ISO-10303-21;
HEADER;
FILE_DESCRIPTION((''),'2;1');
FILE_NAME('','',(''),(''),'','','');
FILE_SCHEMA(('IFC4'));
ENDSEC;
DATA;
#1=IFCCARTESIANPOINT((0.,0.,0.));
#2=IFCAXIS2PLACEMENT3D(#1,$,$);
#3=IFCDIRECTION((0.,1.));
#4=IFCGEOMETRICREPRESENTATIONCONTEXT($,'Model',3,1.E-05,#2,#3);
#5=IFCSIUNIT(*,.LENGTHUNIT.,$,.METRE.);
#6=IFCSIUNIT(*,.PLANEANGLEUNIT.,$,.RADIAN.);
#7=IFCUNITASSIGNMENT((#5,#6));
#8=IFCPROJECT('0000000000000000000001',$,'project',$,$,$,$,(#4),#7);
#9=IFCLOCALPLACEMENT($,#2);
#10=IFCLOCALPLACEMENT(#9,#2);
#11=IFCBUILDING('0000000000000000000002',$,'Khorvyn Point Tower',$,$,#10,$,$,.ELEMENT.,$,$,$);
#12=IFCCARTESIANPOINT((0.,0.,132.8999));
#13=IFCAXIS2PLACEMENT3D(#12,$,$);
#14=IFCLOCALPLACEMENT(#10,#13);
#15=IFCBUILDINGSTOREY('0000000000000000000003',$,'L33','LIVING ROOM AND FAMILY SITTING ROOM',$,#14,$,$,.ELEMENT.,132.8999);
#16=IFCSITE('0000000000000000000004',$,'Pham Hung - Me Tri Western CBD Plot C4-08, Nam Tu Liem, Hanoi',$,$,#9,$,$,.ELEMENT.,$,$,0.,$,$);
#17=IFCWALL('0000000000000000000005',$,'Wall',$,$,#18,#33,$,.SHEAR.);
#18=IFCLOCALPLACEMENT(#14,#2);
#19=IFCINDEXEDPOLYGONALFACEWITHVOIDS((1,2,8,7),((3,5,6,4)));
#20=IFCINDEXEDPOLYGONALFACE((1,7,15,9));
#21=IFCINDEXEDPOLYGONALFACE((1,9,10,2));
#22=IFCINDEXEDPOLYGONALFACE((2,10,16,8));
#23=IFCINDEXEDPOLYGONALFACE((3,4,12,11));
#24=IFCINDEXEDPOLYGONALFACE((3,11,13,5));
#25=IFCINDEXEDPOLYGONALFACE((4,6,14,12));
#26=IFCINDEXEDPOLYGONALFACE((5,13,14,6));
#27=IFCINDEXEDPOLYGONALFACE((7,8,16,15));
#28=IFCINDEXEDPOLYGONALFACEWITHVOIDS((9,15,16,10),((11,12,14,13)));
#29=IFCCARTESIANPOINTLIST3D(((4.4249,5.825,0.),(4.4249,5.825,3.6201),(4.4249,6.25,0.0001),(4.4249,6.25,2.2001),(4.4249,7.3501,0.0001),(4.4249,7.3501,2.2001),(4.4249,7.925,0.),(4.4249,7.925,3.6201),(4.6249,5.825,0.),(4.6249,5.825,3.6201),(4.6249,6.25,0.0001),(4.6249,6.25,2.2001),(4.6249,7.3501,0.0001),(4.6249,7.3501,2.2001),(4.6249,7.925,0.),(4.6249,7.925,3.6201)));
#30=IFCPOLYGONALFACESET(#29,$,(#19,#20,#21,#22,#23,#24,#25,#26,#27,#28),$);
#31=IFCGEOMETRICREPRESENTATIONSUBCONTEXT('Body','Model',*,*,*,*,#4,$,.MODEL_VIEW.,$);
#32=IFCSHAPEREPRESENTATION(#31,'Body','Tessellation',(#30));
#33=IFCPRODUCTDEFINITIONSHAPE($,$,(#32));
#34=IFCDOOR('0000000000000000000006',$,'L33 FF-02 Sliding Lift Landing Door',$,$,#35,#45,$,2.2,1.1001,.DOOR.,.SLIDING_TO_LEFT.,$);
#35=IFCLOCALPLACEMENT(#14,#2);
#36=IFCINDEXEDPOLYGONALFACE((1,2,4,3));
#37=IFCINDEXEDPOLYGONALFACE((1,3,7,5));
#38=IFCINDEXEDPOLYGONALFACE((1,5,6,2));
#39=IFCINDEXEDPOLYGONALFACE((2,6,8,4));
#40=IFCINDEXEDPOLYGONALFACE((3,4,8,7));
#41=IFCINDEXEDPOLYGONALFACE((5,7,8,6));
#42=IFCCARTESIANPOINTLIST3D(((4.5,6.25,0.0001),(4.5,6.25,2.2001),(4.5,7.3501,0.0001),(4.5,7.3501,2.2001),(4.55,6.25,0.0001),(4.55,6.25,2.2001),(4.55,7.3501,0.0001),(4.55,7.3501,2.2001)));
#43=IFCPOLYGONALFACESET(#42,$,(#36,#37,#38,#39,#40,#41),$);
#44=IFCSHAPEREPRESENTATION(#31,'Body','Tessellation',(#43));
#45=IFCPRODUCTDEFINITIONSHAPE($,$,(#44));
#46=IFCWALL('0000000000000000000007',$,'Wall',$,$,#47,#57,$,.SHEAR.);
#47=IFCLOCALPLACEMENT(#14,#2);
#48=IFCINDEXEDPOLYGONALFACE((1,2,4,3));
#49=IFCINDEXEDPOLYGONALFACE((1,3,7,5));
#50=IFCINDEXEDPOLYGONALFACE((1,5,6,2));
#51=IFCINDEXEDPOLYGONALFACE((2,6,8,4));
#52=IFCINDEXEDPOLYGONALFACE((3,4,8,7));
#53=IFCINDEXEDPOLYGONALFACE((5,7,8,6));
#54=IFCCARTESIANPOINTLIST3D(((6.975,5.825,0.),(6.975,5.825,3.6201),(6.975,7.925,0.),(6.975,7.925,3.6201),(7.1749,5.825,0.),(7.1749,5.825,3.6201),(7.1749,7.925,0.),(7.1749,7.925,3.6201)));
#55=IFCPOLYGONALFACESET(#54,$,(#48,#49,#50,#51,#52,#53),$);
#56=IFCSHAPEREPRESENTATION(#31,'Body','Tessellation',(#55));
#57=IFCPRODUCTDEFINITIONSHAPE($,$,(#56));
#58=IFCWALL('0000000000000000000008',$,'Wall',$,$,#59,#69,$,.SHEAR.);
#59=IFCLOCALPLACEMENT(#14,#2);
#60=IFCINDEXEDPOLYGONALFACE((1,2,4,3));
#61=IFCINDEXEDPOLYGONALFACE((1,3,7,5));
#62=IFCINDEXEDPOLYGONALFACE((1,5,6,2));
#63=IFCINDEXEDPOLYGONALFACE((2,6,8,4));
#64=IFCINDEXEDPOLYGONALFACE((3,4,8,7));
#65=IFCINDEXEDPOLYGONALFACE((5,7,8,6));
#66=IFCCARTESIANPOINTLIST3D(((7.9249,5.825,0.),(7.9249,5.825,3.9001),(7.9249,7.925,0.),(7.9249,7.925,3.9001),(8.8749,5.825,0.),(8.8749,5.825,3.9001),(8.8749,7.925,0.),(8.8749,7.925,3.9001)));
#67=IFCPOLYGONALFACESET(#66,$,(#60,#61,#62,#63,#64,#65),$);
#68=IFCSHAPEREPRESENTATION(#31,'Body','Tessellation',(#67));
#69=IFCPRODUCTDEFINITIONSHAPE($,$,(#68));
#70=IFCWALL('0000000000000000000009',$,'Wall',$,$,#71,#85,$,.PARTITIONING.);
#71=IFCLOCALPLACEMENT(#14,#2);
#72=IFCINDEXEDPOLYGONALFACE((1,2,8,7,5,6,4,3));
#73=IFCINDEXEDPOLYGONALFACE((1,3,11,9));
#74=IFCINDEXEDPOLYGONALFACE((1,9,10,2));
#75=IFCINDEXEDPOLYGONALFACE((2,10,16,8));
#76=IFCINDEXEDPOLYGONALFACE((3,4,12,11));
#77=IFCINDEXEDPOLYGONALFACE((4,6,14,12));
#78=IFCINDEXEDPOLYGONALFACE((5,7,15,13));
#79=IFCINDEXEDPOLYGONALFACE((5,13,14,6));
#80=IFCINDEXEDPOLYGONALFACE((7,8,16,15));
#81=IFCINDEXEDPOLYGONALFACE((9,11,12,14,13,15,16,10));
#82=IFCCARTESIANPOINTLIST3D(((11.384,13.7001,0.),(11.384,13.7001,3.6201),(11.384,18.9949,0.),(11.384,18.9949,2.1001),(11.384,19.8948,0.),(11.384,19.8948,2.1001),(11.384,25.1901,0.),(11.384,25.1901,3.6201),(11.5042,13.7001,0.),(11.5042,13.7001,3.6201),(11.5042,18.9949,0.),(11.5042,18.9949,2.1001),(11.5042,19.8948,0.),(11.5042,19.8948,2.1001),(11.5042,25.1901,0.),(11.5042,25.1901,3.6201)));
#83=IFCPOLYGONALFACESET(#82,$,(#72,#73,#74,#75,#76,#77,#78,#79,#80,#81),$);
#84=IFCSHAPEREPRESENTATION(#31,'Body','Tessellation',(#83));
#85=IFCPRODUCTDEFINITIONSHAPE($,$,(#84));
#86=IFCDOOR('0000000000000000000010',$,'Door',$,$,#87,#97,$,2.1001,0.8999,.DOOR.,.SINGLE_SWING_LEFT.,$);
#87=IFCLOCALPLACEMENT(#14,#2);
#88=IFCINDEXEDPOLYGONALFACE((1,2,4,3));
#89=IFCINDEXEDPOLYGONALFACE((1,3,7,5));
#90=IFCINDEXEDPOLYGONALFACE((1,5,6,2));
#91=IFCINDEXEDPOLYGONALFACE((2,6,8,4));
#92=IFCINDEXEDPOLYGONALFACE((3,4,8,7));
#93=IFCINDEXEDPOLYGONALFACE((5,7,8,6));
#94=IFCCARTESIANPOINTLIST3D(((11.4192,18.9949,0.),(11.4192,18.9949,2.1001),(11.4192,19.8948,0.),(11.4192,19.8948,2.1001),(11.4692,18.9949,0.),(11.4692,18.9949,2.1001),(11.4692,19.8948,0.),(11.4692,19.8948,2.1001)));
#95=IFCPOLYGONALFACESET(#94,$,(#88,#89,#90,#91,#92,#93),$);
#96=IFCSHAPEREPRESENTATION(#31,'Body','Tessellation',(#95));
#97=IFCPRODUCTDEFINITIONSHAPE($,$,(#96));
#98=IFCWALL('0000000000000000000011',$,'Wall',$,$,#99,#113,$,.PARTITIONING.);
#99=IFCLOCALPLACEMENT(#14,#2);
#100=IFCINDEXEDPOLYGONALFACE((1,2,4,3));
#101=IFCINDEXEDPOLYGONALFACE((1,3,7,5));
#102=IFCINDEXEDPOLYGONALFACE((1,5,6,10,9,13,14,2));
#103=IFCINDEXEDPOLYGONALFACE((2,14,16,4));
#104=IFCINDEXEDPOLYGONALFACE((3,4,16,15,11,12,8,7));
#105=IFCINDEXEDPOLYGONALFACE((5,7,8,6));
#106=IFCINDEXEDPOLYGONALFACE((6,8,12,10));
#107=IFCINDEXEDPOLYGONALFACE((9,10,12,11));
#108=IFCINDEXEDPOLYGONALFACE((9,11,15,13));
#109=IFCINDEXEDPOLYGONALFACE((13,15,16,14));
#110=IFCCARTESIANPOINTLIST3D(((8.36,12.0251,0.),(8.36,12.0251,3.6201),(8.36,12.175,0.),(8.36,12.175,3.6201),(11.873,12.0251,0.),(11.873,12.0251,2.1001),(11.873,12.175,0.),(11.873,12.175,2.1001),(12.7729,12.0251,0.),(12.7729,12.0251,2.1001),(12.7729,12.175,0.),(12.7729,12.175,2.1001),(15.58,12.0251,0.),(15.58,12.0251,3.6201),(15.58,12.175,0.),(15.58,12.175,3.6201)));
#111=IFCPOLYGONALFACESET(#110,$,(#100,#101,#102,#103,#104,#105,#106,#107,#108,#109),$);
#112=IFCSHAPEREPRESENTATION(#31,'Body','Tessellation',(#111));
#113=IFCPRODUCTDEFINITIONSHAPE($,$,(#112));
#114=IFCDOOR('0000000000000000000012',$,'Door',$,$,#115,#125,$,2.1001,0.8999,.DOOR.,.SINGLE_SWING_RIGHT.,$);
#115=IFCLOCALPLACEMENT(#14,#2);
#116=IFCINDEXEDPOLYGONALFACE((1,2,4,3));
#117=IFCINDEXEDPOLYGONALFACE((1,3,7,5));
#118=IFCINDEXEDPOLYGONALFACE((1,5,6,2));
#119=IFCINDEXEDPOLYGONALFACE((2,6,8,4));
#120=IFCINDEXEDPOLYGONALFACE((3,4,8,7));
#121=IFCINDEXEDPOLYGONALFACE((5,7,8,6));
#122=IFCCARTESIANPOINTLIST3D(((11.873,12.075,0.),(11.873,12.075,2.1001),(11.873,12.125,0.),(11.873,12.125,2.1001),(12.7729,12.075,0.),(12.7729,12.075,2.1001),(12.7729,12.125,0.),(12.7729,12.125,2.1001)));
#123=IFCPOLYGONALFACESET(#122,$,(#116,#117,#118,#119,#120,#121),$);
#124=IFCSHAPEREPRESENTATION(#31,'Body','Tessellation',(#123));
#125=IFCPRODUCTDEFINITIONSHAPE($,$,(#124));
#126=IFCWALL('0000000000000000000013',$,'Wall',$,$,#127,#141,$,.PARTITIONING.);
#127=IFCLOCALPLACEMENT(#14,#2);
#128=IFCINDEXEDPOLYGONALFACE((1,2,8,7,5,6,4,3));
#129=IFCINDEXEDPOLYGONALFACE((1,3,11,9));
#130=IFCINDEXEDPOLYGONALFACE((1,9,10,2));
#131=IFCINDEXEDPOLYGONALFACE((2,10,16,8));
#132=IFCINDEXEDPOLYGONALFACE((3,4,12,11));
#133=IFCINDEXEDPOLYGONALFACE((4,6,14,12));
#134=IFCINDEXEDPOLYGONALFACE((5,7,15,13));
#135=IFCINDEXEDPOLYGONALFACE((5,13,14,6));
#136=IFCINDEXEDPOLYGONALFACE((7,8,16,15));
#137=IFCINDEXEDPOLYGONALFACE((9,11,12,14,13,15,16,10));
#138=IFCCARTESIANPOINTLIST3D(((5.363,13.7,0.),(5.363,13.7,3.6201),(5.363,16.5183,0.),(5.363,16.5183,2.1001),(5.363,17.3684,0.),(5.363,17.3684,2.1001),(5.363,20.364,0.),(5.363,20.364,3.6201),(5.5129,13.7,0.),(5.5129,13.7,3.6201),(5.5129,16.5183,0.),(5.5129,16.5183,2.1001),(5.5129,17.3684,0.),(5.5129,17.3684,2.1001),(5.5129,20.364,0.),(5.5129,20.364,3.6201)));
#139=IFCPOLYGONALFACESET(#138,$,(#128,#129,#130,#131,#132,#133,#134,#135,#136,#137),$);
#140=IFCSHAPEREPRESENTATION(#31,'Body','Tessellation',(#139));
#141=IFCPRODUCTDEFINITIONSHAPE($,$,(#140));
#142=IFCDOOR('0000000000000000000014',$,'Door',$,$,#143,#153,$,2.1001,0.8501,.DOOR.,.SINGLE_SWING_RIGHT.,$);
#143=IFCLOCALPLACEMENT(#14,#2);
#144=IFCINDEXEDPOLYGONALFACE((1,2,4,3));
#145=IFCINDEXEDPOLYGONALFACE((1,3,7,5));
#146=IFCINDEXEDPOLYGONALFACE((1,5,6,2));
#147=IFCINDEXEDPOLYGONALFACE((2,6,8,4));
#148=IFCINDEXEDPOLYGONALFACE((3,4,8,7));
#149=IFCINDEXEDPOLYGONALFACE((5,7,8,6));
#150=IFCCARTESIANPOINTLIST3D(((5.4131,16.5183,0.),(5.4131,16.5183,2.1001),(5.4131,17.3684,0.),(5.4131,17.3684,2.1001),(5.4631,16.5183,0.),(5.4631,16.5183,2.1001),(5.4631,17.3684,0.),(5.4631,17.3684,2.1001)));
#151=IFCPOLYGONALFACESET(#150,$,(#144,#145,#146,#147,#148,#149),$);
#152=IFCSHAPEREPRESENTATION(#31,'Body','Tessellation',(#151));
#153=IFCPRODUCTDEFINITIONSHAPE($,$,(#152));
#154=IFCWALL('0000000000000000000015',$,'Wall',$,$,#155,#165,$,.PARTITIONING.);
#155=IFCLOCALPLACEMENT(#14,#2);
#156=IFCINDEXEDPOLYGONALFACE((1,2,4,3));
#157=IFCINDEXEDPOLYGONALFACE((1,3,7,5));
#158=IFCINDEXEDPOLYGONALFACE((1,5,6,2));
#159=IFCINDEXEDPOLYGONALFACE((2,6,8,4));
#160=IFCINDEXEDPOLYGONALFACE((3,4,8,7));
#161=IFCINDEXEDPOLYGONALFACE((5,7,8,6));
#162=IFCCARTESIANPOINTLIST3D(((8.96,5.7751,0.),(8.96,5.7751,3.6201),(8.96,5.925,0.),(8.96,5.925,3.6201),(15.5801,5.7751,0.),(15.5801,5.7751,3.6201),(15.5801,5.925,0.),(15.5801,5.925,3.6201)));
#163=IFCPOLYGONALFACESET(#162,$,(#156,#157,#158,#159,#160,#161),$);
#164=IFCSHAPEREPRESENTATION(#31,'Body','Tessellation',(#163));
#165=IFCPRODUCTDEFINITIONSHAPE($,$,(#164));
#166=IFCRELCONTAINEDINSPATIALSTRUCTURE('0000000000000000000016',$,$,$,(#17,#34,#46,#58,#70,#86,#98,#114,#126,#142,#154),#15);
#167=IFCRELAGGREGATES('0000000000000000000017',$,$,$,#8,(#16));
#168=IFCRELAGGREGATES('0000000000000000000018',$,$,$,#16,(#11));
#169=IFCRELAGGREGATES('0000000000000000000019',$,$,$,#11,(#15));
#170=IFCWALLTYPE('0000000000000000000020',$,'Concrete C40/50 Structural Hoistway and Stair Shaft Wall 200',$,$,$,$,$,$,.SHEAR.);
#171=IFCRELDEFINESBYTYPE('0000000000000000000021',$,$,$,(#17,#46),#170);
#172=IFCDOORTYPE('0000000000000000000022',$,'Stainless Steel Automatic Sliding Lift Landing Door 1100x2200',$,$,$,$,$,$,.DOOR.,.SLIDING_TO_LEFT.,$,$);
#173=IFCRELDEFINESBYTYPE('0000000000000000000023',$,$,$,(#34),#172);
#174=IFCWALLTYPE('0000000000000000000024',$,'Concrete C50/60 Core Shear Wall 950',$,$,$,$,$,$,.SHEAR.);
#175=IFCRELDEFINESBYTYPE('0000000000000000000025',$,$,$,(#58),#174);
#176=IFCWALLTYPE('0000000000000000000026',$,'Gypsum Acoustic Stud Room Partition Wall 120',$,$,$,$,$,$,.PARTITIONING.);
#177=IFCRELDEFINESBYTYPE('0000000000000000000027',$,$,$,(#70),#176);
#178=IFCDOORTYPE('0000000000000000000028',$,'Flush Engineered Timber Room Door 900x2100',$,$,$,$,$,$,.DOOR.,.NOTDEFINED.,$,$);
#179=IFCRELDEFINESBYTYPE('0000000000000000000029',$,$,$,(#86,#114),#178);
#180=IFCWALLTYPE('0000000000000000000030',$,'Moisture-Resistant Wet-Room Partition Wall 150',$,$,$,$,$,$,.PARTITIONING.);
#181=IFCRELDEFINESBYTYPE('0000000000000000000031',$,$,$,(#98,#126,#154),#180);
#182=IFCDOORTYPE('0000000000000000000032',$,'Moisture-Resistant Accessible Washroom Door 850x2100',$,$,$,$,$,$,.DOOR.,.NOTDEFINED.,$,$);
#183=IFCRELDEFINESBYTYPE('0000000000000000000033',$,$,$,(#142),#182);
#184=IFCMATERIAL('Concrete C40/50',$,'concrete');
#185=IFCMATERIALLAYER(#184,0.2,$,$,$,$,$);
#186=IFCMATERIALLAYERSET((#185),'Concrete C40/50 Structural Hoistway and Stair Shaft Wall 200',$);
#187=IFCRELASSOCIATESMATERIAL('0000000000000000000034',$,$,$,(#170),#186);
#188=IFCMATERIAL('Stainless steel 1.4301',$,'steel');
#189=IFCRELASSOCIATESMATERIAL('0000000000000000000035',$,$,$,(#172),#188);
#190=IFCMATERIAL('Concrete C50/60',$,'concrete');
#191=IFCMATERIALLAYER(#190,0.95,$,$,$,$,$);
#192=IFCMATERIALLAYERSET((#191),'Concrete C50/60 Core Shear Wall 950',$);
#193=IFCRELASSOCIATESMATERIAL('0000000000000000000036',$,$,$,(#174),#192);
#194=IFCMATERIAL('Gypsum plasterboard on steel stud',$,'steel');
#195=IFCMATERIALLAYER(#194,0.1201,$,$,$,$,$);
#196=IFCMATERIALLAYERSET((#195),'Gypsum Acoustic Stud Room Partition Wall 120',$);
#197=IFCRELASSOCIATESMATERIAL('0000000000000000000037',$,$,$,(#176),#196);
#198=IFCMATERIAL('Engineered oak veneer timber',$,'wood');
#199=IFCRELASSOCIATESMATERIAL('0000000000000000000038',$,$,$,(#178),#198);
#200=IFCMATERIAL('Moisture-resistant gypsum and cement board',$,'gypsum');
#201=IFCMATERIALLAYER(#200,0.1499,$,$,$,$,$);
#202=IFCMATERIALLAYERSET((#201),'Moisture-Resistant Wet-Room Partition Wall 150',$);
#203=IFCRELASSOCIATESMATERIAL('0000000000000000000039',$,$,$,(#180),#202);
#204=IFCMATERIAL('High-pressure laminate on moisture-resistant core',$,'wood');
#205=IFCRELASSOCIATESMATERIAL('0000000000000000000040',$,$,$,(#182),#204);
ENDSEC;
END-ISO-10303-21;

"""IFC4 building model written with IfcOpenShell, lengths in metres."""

from ifc_helpers import new_model, si_unit, direction, frame, frame_2d, origin, place, context, subcontext, project, spatial, rectangle, extrude, material, layer, layer_set, type_object, element, fill, save


model = new_model("IFC4")

# Units and contexts
model_context = context("Model", 3, precision=1e-05, world=origin(), true_north=direction((0.0, 1.0)))
body_context = subcontext(model_context, "Body", "Model", "MODEL_VIEW")
ifc_project = project(units=[si_unit("LENGTHUNIT", "METRE"), si_unit("PLANEANGLEUNIT", "RADIAN")], contexts=[model_context])

# Site, building, storey
site_placement = place(None, origin())
site = spatial("IfcSite", under=ifc_project, at=site_placement, Name="Pham Hung - Me Tri Western CBD Plot C4-08, Nam Tu Liem, Hanoi", CompositionType="ELEMENT", RefElevation=0.0)
building_placement = place(site_placement, origin())
building = spatial("IfcBuilding", under=site, at=building_placement, Name="Khorvyn Point Tower", CompositionType="ELEMENT")
storey_placement = place(building_placement, frame((0.0, 0.0, 132.8999)))
storey = spatial("IfcBuildingStorey", under=building, at=storey_placement, Name="L33", Description="LIVING ROOM AND FAMILY SITTING ROOM", CompositionType="ELEMENT", Elevation=132.8999)

# Shared definitions
ifc_material_1 = material(Name="Concrete C50/60", Category="concrete")

# Shared definitions
ifc_material_2 = material(Name="Concrete C40/50", Category="concrete")

# Wall, opening, door
ifc_layer_1 = layer(ifc_material_2, 0.2)
ifc_layer_set_1 = layer_set([ifc_layer_1], Name="Concrete C40/50 Structural Hoistway and Stair Shaft Wall 200")
wall_type_1 = type_object("IfcWallType", Name="Concrete C40/50 Structural Hoistway and Stair Shaft Wall 200", PredefinedType="SHEAR", material=ifc_layer_set_1)
wall_1_placement = place(storey_placement, frame((4.5249, 5.825, 0.0), z_axis=(0.0, 0.0, 1.0), x_axis=(0.0, 1.0, 0.0)))
wall_1 = element("IfcWall", 1, at=wall_1_placement, inside=storey, type_object=wall_type_1, Name="Wall", PredefinedType="SHEAR", context=body_context, shape_type="SweptSolid", body=[
    extrude(rectangle(XDim=2.1001, YDim=0.2, at=frame_2d((1.05, 0.0))), origin(), (0.0, 0.0, 1.0), 3.6201),
])
opening_1_placement = place(wall_1_placement, frame((0.425, 0.0, 0.0)))
opening_1 = element("IfcOpeningElement", 2, at=opening_1_placement, cuts=wall_1, PredefinedType="OPENING", context=body_context, shape_type="SweptSolid", body=[
    extrude(rectangle(XDim=1.1001, YDim=2.2, at=frame_2d((0.55, 1.1001))), frame((0.0, 0.1099, 0.0), z_axis=(0.0, -1.0, 0.0), x_axis=(1.0, 0.0, 0.0)), (0.0, 0.0, 1.0), 0.22),
])
ifc_material_3 = material(Name="Stainless steel 1.4301", Category="steel")
door_type_1 = type_object("IfcDoorType", Name="Stainless Steel Automatic Sliding Lift Landing Door 1100x2200", OperationType="SLIDING_TO_LEFT", PredefinedType="DOOR", material=ifc_material_3)
door_1_placement = place(opening_1_placement, origin())
door_1 = element("IfcDoor", 3, at=door_1_placement, inside=storey, type_object=door_type_1, Name="L33 FF-02 Sliding Lift Landing Door", OperationType="SLIDING_TO_LEFT", OverallHeight=2.2, OverallWidth=1.1001, PredefinedType="DOOR", context=body_context, shape_type="SweptSolid", body=[
    extrude(rectangle(XDim=1.1001, YDim=2.2, at=frame_2d((0.55, 1.1001))), frame((0.0, 0.0249, 0.0), z_axis=(0.0, -1.0, 0.0), x_axis=(1.0, 0.0, 0.0)), (0.0, 0.0, 1.0), 0.05),
])
fill(opening_1, door_1)

# Walls
wall_2_placement = place(storey_placement, frame((7.075, 5.825, 0.0), z_axis=(0.0, 0.0, 1.0), x_axis=(0.0, 1.0, 0.0)))
element("IfcWall", 4, at=wall_2_placement, inside=storey, type_object=wall_type_1, Name="Wall", PredefinedType="SHEAR", context=body_context, shape_type="SweptSolid", body=[
    extrude(rectangle(XDim=2.1001, YDim=0.2, at=frame_2d((1.05, 0.0))), origin(), (0.0, 0.0, 1.0), 3.6201),
])
ifc_layer_2 = layer(ifc_material_1, 0.95)
ifc_layer_set_2 = layer_set([ifc_layer_2], Name="Concrete C50/60 Core Shear Wall 950")
wall_type_2 = type_object("IfcWallType", Name="Concrete C50/60 Core Shear Wall 950", PredefinedType="SHEAR", material=ifc_layer_set_2)
wall_3_placement = place(storey_placement, frame((8.3999, 5.825, 0.0), z_axis=(0.0, 0.0, 1.0), x_axis=(0.0, 1.0, 0.0)))
element("IfcWall", 5, at=wall_3_placement, inside=storey, type_object=wall_type_2, Name="Wall", PredefinedType="SHEAR", context=body_context, shape_type="SweptSolid", body=[
    extrude(rectangle(XDim=2.1001, YDim=0.95, at=frame_2d((1.05, 0.0))), origin(), (0.0, 0.0, 1.0), 3.9001),
])

# Walls, openings, doors
ifc_material_4 = material(Name="Gypsum plasterboard on steel stud", Category="steel")
ifc_layer_3 = layer(ifc_material_4, 0.1201)
ifc_layer_set_3 = layer_set([ifc_layer_3], Name="Gypsum Acoustic Stud Room Partition Wall 120")
wall_type_3 = type_object("IfcWallType", Name="Gypsum Acoustic Stud Room Partition Wall 120", PredefinedType="PARTITIONING", material=ifc_layer_set_3)
wall_4_placement = place(storey_placement, frame((11.4441, 13.7, 0.0), z_axis=(0.0, 0.0, 1.0), x_axis=(0.0, 1.0, 0.0)))
wall_4 = element("IfcWall", 6, at=wall_4_placement, inside=storey, type_object=wall_type_3, Name="Wall", PredefinedType="PARTITIONING", context=body_context, shape_type="SweptSolid", body=[
    extrude(rectangle(XDim=11.49, YDim=0.1201, at=frame_2d((5.7451, 0.0))), origin(), (0.0, 0.0, 1.0), 3.6201),
])
opening_2_placement = place(wall_4_placement, frame((5.2949, 0.0, 0.0)))
opening_2 = element("IfcOpeningElement", 7, at=opening_2_placement, cuts=wall_4, PredefinedType="OPENING", context=body_context, shape_type="SweptSolid", body=[
    extrude(rectangle(XDim=0.8999, YDim=2.1001, at=frame_2d((0.45, 1.05))), frame((0.0, 0.0701, 0.0), z_axis=(0.0, -1.0, 0.0), x_axis=(1.0, 0.0, 0.0)), (0.0, 0.0, 1.0), 0.1401),
])
ifc_material_5 = material(Name="Engineered oak veneer timber", Category="wood")
door_type_2 = type_object("IfcDoorType", Name="Flush Engineered Timber Room Door 900x2100", OperationType="NOTDEFINED", PredefinedType="DOOR", material=ifc_material_5)
door_2_placement = place(opening_2_placement, origin())
door_2 = element("IfcDoor", 8, at=door_2_placement, inside=storey, type_object=door_type_2, Name="Door", OperationType="SINGLE_SWING_LEFT", OverallHeight=2.1001, OverallWidth=0.8999, PredefinedType="DOOR", context=body_context, shape_type="SweptSolid", body=[
    extrude(rectangle(XDim=0.8999, YDim=2.1001, at=frame_2d((0.45, 1.05))), frame((0.0, 0.0249, 0.0), z_axis=(0.0, -1.0, 0.0), x_axis=(1.0, 0.0, 0.0)), (0.0, 0.0, 1.0), 0.05),
])
fill(opening_2, door_2)
ifc_material_6 = material(Name="Moisture-resistant gypsum and cement board", Category="gypsum")
ifc_layer_4 = layer(ifc_material_6, 0.1499)
ifc_layer_set_4 = layer_set([ifc_layer_4], Name="Moisture-Resistant Wet-Room Partition Wall 150")
wall_type_4 = type_object("IfcWallType", Name="Moisture-Resistant Wet-Room Partition Wall 150", PredefinedType="PARTITIONING", material=ifc_layer_set_4)
wall_5_placement = place(storey_placement, frame((8.3601, 12.1001, 0.0), z_axis=(0.0, 0.0, 1.0), x_axis=(1.0, 0.0, 0.0)))
wall_5 = element("IfcWall", 9, at=wall_5_placement, inside=storey, type_object=wall_type_4, Name="Wall", PredefinedType="PARTITIONING", context=body_context, shape_type="SweptSolid", body=[
    extrude(rectangle(XDim=7.22, YDim=0.1499, at=frame_2d((3.6099, 0.0))), origin(), (0.0, 0.0, 1.0), 3.6201),
])
opening_3_placement = place(wall_5_placement, frame((3.5129, 0.0, 0.0)))
opening_3 = element("IfcOpeningElement", 10, at=opening_3_placement, cuts=wall_5, PredefinedType="OPENING", context=body_context, shape_type="SweptSolid", body=[
    extrude(rectangle(XDim=0.8999, YDim=2.1001, at=frame_2d((0.45, 1.05))), frame((0.0, 0.085, 0.0), z_axis=(0.0, -1.0, 0.0), x_axis=(1.0, 0.0, 0.0)), (0.0, 0.0, 1.0), 0.1699),
])
door_3_placement = place(opening_3_placement, origin())
door_3 = element("IfcDoor", 11, at=door_3_placement, inside=storey, type_object=door_type_2, Name="Door", OperationType="SINGLE_SWING_RIGHT", OverallHeight=2.1001, OverallWidth=0.8999, PredefinedType="DOOR", context=body_context, shape_type="SweptSolid", body=[
    extrude(rectangle(XDim=0.8999, YDim=2.1001, at=frame_2d((0.45, 1.05))), frame((0.0, 0.0249, 0.0), z_axis=(0.0, -1.0, 0.0), x_axis=(1.0, 0.0, 0.0)), (0.0, 0.0, 1.0), 0.05),
])
fill(opening_3, door_3)
wall_6_placement = place(storey_placement, frame((5.438, 13.7, 0.0), z_axis=(0.0, 0.0, 1.0), x_axis=(0.0, 1.0, 0.0)))
wall_6 = element("IfcWall", 12, at=wall_6_placement, inside=storey, type_object=wall_type_4, Name="Wall", PredefinedType="PARTITIONING", context=body_context, shape_type="SweptSolid", body=[
    extrude(rectangle(XDim=6.6641, YDim=0.1499, at=frame_2d((3.332, 0.0))), origin(), (0.0, 0.0, 1.0), 3.6201),
])
opening_4_placement = place(wall_6_placement, frame((2.8184, 0.0, 0.0)))
opening_4 = element("IfcOpeningElement", 13, at=opening_4_placement, cuts=wall_6, PredefinedType="OPENING", context=body_context, shape_type="SweptSolid", body=[
    extrude(rectangle(XDim=0.8501, YDim=2.1001, at=frame_2d((0.425, 1.05))), frame((0.0, 0.085, 0.0), z_axis=(0.0, -1.0, 0.0), x_axis=(1.0, 0.0, 0.0)), (0.0, 0.0, 1.0), 0.1699),
])
ifc_material_7 = material(Name="High-pressure laminate on moisture-resistant core", Category="wood")
door_type_3 = type_object("IfcDoorType", Name="Moisture-Resistant Accessible Washroom Door 850x2100", OperationType="NOTDEFINED", PredefinedType="DOOR", material=ifc_material_7)
door_4_placement = place(opening_4_placement, origin())
door_4 = element("IfcDoor", 14, at=door_4_placement, inside=storey, type_object=door_type_3, Name="Door", OperationType="SINGLE_SWING_RIGHT", OverallHeight=2.1001, OverallWidth=0.8501, PredefinedType="DOOR", context=body_context, shape_type="SweptSolid", body=[
    extrude(rectangle(XDim=0.8501, YDim=2.1001, at=frame_2d((0.425, 1.05))), frame((0.0, 0.0249, 0.0), z_axis=(0.0, -1.0, 0.0), x_axis=(1.0, 0.0, 0.0)), (0.0, 0.0, 1.0), 0.05),
])
fill(opening_4, door_4)

# Wall
wall_7_placement = place(storey_placement, frame((8.96, 5.8501, 0.0), z_axis=(0.0, 0.0, 1.0), x_axis=(1.0, 0.0, 0.0)))
element("IfcWall", 15, at=wall_7_placement, inside=storey, type_object=wall_type_4, Name="Wall", PredefinedType="PARTITIONING", context=body_context, shape_type="SweptSolid", body=[
    extrude(rectangle(XDim=6.6201, YDim=0.1499, at=frame_2d((3.3101, 0.0))), origin(), (0.0, 0.0, 1.0), 3.6201),
])

save(model, "model.ifc")
